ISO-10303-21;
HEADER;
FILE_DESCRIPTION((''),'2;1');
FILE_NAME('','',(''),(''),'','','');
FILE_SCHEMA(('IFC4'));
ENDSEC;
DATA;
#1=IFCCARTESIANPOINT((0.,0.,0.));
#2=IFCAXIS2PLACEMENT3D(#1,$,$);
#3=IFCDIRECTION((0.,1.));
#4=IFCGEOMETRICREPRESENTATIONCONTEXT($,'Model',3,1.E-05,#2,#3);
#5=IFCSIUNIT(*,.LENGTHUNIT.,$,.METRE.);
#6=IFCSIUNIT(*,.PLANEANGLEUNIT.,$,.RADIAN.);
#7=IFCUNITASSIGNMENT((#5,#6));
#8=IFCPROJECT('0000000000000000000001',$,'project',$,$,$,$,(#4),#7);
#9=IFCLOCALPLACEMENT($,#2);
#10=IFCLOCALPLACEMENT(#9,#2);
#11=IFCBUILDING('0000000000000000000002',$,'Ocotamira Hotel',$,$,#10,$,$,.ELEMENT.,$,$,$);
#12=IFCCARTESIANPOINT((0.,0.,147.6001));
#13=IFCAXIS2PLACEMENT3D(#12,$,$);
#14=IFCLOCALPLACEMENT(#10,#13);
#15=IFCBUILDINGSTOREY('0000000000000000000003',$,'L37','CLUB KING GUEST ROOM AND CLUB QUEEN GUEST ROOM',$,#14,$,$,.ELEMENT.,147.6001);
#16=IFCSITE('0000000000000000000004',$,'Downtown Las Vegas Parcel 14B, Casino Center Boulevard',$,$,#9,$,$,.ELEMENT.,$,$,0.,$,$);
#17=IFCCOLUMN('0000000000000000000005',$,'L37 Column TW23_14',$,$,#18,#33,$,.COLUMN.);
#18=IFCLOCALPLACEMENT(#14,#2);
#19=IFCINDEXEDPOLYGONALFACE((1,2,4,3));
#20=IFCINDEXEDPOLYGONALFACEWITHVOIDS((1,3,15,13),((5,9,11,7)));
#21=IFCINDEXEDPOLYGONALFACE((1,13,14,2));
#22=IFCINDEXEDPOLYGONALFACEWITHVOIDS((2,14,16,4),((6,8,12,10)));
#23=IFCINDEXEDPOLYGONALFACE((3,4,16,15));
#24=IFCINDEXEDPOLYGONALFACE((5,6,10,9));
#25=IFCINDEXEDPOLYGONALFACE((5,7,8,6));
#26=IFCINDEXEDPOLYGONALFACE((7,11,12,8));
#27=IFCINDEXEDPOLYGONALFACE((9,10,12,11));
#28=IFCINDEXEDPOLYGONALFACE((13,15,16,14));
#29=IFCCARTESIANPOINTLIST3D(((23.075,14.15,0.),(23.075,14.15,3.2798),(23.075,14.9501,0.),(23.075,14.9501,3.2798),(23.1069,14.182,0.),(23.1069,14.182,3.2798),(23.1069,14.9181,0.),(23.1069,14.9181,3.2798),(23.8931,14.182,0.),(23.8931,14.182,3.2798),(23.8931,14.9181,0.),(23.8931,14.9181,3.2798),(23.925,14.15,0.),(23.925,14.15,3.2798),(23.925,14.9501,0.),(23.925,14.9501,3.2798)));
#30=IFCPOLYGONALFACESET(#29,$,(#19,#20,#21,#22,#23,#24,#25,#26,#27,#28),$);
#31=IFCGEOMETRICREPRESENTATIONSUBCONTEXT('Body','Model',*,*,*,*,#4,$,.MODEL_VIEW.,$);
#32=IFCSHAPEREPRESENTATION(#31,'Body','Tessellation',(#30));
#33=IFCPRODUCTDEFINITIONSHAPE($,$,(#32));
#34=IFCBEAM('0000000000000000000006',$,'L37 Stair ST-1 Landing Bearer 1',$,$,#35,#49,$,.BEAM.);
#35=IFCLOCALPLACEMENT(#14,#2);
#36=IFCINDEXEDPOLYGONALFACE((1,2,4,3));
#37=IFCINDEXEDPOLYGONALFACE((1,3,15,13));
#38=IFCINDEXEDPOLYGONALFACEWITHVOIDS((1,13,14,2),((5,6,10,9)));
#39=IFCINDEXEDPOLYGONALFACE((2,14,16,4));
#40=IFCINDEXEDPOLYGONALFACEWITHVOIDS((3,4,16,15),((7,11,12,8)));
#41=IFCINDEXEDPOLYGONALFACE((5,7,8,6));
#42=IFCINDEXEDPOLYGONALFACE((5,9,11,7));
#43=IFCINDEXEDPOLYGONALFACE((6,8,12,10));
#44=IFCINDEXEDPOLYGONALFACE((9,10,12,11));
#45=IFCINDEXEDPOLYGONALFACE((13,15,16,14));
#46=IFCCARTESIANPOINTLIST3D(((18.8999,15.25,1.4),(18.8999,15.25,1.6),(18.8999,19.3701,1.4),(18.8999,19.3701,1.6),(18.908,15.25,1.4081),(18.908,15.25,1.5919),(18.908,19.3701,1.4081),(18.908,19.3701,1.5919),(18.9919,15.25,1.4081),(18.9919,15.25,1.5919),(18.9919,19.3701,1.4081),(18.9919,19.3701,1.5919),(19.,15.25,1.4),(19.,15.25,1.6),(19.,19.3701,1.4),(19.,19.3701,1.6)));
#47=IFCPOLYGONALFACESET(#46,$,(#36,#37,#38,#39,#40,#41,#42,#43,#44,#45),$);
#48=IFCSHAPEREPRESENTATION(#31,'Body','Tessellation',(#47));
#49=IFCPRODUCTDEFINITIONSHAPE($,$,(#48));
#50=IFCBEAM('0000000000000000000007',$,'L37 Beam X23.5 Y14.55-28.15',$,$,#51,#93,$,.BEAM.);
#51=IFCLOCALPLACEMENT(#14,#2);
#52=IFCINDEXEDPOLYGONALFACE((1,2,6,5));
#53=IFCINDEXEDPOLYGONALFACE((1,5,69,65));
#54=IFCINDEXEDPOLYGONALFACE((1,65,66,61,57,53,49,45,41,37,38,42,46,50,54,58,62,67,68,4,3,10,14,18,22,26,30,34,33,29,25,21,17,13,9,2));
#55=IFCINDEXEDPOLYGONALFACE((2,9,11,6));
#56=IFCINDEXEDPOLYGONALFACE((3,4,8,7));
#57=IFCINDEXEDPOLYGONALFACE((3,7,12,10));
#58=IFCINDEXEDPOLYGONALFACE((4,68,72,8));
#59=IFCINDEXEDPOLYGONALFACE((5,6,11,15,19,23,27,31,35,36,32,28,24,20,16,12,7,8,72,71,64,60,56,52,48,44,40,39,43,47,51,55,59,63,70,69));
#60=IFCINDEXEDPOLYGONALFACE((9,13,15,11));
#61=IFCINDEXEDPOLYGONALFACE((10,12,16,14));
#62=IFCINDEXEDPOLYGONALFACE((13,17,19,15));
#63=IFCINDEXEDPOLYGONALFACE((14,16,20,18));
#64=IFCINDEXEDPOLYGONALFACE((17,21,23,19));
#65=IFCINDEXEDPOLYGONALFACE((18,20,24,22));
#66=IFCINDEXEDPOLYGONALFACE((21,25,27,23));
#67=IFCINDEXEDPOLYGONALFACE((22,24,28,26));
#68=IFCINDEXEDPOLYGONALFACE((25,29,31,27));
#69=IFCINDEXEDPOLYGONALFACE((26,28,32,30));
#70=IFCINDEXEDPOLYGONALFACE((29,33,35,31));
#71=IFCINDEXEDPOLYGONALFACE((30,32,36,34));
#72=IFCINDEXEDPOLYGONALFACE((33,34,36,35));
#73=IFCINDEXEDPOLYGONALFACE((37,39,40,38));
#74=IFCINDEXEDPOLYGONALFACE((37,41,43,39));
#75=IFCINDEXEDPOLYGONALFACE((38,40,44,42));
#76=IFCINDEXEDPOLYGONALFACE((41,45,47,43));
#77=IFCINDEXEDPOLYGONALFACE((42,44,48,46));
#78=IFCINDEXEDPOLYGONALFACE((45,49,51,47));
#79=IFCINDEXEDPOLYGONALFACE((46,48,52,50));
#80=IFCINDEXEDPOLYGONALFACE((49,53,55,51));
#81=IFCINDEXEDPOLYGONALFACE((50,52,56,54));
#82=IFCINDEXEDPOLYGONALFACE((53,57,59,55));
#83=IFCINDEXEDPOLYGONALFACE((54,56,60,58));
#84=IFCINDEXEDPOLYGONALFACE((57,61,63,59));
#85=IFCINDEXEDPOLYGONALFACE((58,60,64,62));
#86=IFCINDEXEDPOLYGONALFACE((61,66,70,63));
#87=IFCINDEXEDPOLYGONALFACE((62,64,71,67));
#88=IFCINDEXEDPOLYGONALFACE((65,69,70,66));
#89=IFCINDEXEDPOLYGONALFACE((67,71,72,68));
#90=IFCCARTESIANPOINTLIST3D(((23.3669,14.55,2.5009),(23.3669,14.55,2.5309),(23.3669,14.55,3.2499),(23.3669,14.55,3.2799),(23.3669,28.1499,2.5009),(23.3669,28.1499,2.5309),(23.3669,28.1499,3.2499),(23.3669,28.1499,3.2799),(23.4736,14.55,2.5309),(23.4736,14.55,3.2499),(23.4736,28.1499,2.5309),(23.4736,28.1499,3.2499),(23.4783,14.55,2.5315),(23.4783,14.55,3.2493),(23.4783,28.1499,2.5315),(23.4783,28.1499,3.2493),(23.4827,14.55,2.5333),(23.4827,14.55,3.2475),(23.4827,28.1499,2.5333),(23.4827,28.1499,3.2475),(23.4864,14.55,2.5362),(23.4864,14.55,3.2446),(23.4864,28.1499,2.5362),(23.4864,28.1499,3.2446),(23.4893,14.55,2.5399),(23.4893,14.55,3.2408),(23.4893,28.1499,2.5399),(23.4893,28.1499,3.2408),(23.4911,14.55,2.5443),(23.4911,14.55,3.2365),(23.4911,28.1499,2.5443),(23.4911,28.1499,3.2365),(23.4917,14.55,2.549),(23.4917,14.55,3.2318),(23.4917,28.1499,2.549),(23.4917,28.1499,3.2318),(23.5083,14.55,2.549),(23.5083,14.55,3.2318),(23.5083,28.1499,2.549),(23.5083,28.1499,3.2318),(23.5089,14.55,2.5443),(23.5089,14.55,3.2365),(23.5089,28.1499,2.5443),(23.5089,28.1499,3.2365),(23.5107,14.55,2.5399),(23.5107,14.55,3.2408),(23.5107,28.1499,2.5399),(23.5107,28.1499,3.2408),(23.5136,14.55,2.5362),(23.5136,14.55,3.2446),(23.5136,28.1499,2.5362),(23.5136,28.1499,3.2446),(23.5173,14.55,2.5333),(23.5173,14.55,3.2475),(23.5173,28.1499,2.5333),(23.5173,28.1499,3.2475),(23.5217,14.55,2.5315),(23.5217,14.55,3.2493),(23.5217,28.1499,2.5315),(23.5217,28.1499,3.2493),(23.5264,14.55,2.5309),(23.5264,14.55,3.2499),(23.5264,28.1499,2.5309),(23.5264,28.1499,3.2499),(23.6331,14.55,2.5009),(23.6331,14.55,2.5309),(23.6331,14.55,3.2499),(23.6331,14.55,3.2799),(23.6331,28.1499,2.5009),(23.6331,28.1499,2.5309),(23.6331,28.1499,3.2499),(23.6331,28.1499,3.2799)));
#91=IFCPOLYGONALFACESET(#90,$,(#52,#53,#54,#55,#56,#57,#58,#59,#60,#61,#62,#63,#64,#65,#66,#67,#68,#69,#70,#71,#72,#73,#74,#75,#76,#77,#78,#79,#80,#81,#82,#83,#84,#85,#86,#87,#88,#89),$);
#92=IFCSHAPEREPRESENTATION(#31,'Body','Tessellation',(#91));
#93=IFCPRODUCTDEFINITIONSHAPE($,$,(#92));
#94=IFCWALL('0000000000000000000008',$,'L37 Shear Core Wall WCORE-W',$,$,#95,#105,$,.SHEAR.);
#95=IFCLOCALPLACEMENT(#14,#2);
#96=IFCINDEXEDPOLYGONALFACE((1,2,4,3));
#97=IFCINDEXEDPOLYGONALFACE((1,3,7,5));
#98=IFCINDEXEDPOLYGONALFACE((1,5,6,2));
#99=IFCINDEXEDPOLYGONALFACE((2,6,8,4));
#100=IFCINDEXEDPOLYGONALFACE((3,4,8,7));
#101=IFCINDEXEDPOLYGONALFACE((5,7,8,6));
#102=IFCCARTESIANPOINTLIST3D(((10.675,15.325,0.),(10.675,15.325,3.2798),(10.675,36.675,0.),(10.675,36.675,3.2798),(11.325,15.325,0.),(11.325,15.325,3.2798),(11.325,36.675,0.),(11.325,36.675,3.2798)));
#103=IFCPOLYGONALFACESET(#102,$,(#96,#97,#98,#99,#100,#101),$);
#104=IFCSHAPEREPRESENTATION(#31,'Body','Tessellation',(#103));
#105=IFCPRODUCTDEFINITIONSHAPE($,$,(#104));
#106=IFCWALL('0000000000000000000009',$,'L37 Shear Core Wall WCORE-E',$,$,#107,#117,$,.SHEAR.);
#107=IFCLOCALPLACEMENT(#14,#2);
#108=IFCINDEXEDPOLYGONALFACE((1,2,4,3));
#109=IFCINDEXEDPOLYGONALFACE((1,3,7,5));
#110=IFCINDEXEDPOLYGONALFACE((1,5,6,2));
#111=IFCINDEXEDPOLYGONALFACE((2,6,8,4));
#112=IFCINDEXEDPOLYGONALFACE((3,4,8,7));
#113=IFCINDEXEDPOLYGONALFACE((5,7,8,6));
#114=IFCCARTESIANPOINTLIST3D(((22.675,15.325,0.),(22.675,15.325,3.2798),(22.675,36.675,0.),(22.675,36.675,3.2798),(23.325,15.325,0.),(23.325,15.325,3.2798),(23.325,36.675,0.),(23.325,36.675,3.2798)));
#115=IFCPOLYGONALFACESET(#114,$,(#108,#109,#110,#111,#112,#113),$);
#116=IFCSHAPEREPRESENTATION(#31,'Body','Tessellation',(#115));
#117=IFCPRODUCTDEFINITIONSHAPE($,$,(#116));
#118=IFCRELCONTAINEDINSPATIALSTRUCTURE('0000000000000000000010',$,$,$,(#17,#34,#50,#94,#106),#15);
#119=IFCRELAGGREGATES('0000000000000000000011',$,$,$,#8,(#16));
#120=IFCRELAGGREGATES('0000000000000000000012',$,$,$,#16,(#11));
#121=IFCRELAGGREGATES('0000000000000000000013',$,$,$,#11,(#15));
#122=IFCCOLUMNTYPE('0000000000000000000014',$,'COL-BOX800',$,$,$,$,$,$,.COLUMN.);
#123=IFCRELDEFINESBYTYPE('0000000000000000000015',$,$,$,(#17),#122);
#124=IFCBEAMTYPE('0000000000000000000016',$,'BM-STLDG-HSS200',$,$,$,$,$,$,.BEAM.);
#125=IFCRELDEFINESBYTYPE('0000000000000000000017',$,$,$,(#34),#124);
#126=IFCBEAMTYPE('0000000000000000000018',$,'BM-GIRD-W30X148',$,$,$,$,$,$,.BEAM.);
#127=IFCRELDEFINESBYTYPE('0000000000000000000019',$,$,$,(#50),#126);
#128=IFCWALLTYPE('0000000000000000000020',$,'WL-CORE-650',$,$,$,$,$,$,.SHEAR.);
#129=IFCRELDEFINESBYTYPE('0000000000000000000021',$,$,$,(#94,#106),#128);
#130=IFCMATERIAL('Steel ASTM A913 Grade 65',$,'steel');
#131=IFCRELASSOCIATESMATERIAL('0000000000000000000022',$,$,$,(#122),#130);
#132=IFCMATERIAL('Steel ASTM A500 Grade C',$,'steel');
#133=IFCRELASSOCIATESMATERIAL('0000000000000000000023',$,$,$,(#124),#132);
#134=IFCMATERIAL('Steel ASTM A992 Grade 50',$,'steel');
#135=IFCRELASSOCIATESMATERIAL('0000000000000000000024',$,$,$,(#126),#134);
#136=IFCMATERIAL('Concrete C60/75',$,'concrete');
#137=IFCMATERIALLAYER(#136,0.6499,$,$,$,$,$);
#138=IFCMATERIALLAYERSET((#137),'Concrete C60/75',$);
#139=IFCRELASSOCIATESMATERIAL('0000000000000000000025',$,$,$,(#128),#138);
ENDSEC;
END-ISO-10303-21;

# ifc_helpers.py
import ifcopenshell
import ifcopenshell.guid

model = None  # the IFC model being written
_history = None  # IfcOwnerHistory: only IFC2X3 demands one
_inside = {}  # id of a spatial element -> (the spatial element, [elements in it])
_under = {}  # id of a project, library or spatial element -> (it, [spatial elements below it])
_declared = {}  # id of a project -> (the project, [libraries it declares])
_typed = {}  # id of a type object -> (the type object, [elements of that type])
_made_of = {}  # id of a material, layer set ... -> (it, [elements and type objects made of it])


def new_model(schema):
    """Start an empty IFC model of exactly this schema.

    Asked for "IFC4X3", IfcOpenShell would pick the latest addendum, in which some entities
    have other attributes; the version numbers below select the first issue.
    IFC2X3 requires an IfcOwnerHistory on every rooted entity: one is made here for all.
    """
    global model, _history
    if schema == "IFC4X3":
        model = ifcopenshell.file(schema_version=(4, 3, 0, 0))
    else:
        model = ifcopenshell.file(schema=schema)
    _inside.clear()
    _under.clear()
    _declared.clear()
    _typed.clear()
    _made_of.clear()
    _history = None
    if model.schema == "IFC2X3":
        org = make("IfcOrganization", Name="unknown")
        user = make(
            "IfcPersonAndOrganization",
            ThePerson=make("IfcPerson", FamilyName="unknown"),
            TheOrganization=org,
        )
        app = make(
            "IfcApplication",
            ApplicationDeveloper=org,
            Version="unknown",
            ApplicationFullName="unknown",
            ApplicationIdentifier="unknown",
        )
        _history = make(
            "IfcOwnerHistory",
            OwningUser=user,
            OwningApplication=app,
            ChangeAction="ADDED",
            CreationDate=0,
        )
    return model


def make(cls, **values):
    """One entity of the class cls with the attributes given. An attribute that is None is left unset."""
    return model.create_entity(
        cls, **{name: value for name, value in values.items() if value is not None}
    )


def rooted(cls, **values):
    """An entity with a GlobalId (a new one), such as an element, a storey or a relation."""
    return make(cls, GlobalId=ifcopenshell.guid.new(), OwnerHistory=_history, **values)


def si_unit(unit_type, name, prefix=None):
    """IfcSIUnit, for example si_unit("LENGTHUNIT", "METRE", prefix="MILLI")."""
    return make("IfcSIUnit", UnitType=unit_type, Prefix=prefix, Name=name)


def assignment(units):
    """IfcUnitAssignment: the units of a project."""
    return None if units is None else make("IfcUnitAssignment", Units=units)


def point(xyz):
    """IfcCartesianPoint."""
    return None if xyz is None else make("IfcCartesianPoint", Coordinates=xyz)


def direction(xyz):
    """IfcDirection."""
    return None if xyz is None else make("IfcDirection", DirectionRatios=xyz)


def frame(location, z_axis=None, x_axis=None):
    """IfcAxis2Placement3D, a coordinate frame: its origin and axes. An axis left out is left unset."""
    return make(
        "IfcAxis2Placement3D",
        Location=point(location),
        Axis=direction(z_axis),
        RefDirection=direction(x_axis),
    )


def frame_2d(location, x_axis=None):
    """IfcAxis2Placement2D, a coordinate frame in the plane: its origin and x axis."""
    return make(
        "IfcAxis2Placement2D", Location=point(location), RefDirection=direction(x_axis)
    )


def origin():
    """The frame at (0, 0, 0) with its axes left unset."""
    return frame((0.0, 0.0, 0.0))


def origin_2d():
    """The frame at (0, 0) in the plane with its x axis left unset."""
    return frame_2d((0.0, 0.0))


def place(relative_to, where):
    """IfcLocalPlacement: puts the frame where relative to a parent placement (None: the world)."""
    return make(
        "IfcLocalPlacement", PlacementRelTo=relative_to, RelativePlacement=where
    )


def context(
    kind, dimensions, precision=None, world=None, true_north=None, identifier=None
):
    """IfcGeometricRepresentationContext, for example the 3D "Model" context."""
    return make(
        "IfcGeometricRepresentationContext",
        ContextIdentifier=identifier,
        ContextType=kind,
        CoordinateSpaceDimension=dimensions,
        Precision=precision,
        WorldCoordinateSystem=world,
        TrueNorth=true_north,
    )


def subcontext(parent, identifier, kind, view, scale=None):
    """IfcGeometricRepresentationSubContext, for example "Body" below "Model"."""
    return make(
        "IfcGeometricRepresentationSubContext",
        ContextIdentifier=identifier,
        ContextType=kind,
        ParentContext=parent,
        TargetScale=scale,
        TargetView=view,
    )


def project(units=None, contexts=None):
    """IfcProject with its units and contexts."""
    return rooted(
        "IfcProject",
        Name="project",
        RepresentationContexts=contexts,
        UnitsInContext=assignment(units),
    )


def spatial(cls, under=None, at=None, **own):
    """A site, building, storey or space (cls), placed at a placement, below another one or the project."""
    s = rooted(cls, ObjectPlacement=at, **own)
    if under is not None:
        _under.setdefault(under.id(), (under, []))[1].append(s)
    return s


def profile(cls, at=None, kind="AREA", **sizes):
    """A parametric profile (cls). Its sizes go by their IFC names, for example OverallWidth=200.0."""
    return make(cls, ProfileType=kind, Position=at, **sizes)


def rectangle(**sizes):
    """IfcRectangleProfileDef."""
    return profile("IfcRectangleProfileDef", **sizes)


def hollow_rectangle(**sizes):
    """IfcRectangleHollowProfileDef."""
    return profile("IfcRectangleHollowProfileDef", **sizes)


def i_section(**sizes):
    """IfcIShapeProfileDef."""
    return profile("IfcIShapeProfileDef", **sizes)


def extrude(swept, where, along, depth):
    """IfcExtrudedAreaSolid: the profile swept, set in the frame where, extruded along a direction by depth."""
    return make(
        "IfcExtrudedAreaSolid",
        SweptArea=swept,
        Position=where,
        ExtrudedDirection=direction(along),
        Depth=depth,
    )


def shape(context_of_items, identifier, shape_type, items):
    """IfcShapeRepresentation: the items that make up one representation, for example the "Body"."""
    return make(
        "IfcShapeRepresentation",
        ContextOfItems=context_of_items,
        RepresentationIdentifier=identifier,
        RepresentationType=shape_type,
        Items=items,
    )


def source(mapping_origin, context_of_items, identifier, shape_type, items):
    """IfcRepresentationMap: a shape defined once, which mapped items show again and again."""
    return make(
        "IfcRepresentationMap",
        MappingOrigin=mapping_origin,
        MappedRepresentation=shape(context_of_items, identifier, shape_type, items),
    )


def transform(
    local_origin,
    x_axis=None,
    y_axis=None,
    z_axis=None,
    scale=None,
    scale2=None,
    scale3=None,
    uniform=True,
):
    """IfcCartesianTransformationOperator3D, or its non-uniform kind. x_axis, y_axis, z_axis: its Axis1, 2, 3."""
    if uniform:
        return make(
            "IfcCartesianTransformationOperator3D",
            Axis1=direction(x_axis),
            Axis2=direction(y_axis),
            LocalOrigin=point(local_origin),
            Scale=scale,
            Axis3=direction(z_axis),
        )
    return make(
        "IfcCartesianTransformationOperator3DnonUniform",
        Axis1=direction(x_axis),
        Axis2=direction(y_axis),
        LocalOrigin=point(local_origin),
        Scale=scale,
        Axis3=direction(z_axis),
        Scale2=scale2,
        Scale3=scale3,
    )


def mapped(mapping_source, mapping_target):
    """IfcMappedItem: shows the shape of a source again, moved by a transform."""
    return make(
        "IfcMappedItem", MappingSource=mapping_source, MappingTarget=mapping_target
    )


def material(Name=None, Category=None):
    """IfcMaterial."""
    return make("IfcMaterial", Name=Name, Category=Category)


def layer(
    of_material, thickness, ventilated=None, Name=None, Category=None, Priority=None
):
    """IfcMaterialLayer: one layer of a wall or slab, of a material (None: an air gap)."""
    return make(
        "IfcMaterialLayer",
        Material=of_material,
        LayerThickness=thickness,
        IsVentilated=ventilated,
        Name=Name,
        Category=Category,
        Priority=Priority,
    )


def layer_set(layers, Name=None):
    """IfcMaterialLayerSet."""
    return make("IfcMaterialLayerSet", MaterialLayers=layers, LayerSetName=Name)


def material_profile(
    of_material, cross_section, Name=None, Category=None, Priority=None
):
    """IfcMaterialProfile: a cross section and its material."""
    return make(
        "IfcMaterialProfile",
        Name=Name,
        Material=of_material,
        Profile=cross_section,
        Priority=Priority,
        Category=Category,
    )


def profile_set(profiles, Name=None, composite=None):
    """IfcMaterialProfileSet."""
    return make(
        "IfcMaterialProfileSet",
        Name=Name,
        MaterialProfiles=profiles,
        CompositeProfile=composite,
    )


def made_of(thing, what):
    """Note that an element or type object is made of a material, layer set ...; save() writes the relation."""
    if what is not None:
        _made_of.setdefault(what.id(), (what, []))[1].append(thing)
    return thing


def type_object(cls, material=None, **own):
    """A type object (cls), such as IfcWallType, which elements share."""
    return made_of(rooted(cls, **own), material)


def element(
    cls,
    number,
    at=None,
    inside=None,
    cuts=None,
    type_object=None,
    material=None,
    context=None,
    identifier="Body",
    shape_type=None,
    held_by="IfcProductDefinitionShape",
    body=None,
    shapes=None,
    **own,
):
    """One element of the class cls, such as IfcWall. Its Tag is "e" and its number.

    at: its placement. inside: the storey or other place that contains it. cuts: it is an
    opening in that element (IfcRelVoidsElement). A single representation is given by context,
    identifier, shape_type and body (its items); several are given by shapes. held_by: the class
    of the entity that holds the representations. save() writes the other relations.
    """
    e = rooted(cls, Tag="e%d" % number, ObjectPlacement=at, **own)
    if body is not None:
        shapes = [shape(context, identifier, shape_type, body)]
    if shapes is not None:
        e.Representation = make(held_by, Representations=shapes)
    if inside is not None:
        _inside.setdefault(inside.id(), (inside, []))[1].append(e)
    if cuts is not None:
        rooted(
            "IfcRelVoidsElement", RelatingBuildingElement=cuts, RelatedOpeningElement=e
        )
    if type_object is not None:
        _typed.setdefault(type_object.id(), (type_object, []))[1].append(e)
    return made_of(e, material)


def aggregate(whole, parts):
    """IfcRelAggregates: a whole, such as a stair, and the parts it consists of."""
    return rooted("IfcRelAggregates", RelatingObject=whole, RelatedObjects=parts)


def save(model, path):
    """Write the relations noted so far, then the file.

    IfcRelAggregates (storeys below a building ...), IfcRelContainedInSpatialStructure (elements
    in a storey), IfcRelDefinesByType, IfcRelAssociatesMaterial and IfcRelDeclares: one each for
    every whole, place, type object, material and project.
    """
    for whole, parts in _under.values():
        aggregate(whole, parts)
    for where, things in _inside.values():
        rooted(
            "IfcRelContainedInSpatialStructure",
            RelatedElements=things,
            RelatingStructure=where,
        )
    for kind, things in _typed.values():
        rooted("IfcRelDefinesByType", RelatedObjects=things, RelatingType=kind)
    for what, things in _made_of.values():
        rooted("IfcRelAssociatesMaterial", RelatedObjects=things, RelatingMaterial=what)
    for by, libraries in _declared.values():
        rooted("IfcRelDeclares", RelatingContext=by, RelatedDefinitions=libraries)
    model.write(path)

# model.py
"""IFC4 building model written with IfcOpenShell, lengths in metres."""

from ifc_helpers import new_model, si_unit, direction, frame, frame_2d, origin, origin_2d, place, context, subcontext, project, spatial, rectangle, hollow_rectangle, i_section, extrude, source, transform, mapped, material, layer, layer_set, material_profile, profile_set, type_object, element, save


model = new_model("IFC4")

# Units and contexts
model_context = context("Model", 3, precision=1e-05, world=origin(), true_north=direction((0.0, 1.0)))
body_context = subcontext(model_context, "Body", "Model", "MODEL_VIEW")
ifc_project = project(units=[si_unit("LENGTHUNIT", "METRE"), si_unit("PLANEANGLEUNIT", "RADIAN")], contexts=[model_context])

# Site, building, storey
site_placement = place(None, origin())
site = spatial("IfcSite", under=ifc_project, at=site_placement, Name="Downtown Las Vegas Parcel 14B, Casino Center Boulevard", CompositionType="ELEMENT", RefElevation=0.0)
building_placement = place(site_placement, origin())
building = spatial("IfcBuilding", under=site, at=building_placement, Name="Ocotamira Hotel", CompositionType="ELEMENT")
storey_placement = place(building_placement, frame((0.0, 0.0, 147.6001)))
storey = spatial("IfcBuildingStorey", under=building, at=storey_placement, Name="L37", Description="CLUB KING GUEST ROOM AND CLUB QUEEN GUEST ROOM", CompositionType="ELEMENT", Elevation=147.6001)

# Column
ifc_material_1 = material(Name="Steel ASTM A913 Grade 65", Category="steel")
ifc_material_profile_1 = material_profile(ifc_material_1, hollow_rectangle(XDim=0.8501, YDim=0.8, WallThickness=0.032, at=origin_2d()), Name="BOX800X850X32")
ifc_profile_set_1 = profile_set([ifc_material_profile_1], Name="Steel ASTM A913 Grade 65")
column_type = type_object("IfcColumnType", Name="COL-BOX800", PredefinedType="COLUMN", material=ifc_profile_set_1)
shared_shape_1 = source(origin(), body_context, "Body", "SweptSolid", [
    extrude(hollow_rectangle(XDim=0.8501, YDim=0.8, WallThickness=0.032, at=origin_2d()), origin(), (0.0, 0.0, 1.0), 3.2798),
])
column_placement = place(storey_placement, frame((23.5, 14.55, 0.0), z_axis=(0.0, 0.0, 1.0), x_axis=(1.0, 0.0, 0.0)))
element("IfcColumn", 1, at=column_placement, inside=storey, type_object=column_type, Name="L37 Column TW23_14", PredefinedType="COLUMN", context=body_context, shape_type="MappedRepresentation", body=[
    mapped(shared_shape_1, transform((0.0, 0.0, 0.0), scale=1.0)),
])

# Beams
ifc_material_2 = material(Name="Steel ASTM A500 Grade C", Category="steel")
ifc_material_profile_2 = material_profile(ifc_material_2, hollow_rectangle(XDim=0.1001, YDim=0.2, WallThickness=0.0081, at=origin_2d()), Name="HSS200X100X8")
ifc_profile_set_2 = profile_set([ifc_material_profile_2], Name="Steel ASTM A500 Grade C")
beam_type_1 = type_object("IfcBeamType", Name="BM-STLDG-HSS200", PredefinedType="BEAM", material=ifc_profile_set_2)
shared_shape_2 = source(origin(), body_context, "Body", "SweptSolid", [
    extrude(hollow_rectangle(XDim=0.1001, YDim=0.2, WallThickness=0.0081, at=origin_2d()), origin(), (0.0, 0.0, 1.0), 4.1201),
])
beam_1_placement = place(storey_placement, frame((18.95, 15.25, 1.5), z_axis=(0.0, 1.0, 0.0), x_axis=(-1.0, 0.0, 0.0)))
element("IfcBeam", 2, at=beam_1_placement, inside=storey, type_object=beam_type_1, Name="L37 Stair ST-1 Landing Bearer 1", PredefinedType="BEAM", context=body_context, shape_type="MappedRepresentation", body=[
    mapped(shared_shape_2, transform((0.0, 0.0, 0.0), scale=1.0)),
])
ifc_material_3 = material(Name="Steel ASTM A992 Grade 50", Category="steel")
ifc_material_profile_3 = material_profile(ifc_material_3, i_section(OverallWidth=0.2661, OverallDepth=0.7791, WebThickness=0.0166, FlangeThickness=0.03, FilletRadius=0.0181, at=origin_2d()), Name="W30X148")
ifc_profile_set_3 = profile_set([ifc_material_profile_3], Name="Steel ASTM A992 Grade 50")
beam_type_2 = type_object("IfcBeamType", Name="BM-GIRD-W30X148", PredefinedType="BEAM", material=ifc_profile_set_3)
shared_shape_3 = source(origin(), body_context, "Body", "SweptSolid", [
    extrude(i_section(OverallWidth=0.2661, OverallDepth=0.7791, WebThickness=0.0166, FlangeThickness=0.03, FilletRadius=0.0181, at=origin_2d()), origin(), (0.0, 0.0, 1.0), 13.5999),
])
beam_2_placement = place(storey_placement, frame((23.5, 14.55, 2.8904), z_axis=(0.0, 1.0, 0.0), x_axis=(-1.0, 0.0, 0.0)))
element("IfcBeam", 3, at=beam_2_placement, inside=storey, type_object=beam_type_2, Name="L37 Beam X23.5 Y14.55-28.15", PredefinedType="BEAM", context=body_context, shape_type="MappedRepresentation", body=[
    mapped(shared_shape_3, transform((0.0, 0.0, 0.0), scale=1.0)),
])

# Shared definitions
ifc_material_4 = material(Name="Concrete C60/75", Category="concrete")
ifc_layer_1 = layer(ifc_material_4, 0.6499)
ifc_layer_set_1 = layer_set([ifc_layer_1], Name="Concrete C60/75")
wall_type_1 = type_object("IfcWallType", Name="WL-CORE-650", PredefinedType="SHEAR", material=ifc_layer_set_1)

# Walls
for number, where, z_axis, x_axis, name in (
    (4, (11.0, 15.325, 0.0), (0.0, 0.0, 1.0), (0.0, 1.0, 0.0), "L37 Shear Core Wall WCORE-W"),
    (5, (23.0, 15.325, 0.0), (0.0, 0.0, 1.0), (0.0, 1.0, 0.0), "L37 Shear Core Wall WCORE-E"),
):
    element("IfcWall", number, at=place(storey_placement, frame(where, z_axis=z_axis, x_axis=x_axis)), inside=storey, type_object=wall_type_1, Name=name, PredefinedType="SHEAR", context=body_context, shape_type="SweptSolid", body=[
        extrude(rectangle(XDim=21.3501, YDim=0.6499, at=frame_2d((10.675, 0.0))), origin(), (0.0, 0.0, 1.0), 3.2798),
    ])

save(model, "model.ifc")
